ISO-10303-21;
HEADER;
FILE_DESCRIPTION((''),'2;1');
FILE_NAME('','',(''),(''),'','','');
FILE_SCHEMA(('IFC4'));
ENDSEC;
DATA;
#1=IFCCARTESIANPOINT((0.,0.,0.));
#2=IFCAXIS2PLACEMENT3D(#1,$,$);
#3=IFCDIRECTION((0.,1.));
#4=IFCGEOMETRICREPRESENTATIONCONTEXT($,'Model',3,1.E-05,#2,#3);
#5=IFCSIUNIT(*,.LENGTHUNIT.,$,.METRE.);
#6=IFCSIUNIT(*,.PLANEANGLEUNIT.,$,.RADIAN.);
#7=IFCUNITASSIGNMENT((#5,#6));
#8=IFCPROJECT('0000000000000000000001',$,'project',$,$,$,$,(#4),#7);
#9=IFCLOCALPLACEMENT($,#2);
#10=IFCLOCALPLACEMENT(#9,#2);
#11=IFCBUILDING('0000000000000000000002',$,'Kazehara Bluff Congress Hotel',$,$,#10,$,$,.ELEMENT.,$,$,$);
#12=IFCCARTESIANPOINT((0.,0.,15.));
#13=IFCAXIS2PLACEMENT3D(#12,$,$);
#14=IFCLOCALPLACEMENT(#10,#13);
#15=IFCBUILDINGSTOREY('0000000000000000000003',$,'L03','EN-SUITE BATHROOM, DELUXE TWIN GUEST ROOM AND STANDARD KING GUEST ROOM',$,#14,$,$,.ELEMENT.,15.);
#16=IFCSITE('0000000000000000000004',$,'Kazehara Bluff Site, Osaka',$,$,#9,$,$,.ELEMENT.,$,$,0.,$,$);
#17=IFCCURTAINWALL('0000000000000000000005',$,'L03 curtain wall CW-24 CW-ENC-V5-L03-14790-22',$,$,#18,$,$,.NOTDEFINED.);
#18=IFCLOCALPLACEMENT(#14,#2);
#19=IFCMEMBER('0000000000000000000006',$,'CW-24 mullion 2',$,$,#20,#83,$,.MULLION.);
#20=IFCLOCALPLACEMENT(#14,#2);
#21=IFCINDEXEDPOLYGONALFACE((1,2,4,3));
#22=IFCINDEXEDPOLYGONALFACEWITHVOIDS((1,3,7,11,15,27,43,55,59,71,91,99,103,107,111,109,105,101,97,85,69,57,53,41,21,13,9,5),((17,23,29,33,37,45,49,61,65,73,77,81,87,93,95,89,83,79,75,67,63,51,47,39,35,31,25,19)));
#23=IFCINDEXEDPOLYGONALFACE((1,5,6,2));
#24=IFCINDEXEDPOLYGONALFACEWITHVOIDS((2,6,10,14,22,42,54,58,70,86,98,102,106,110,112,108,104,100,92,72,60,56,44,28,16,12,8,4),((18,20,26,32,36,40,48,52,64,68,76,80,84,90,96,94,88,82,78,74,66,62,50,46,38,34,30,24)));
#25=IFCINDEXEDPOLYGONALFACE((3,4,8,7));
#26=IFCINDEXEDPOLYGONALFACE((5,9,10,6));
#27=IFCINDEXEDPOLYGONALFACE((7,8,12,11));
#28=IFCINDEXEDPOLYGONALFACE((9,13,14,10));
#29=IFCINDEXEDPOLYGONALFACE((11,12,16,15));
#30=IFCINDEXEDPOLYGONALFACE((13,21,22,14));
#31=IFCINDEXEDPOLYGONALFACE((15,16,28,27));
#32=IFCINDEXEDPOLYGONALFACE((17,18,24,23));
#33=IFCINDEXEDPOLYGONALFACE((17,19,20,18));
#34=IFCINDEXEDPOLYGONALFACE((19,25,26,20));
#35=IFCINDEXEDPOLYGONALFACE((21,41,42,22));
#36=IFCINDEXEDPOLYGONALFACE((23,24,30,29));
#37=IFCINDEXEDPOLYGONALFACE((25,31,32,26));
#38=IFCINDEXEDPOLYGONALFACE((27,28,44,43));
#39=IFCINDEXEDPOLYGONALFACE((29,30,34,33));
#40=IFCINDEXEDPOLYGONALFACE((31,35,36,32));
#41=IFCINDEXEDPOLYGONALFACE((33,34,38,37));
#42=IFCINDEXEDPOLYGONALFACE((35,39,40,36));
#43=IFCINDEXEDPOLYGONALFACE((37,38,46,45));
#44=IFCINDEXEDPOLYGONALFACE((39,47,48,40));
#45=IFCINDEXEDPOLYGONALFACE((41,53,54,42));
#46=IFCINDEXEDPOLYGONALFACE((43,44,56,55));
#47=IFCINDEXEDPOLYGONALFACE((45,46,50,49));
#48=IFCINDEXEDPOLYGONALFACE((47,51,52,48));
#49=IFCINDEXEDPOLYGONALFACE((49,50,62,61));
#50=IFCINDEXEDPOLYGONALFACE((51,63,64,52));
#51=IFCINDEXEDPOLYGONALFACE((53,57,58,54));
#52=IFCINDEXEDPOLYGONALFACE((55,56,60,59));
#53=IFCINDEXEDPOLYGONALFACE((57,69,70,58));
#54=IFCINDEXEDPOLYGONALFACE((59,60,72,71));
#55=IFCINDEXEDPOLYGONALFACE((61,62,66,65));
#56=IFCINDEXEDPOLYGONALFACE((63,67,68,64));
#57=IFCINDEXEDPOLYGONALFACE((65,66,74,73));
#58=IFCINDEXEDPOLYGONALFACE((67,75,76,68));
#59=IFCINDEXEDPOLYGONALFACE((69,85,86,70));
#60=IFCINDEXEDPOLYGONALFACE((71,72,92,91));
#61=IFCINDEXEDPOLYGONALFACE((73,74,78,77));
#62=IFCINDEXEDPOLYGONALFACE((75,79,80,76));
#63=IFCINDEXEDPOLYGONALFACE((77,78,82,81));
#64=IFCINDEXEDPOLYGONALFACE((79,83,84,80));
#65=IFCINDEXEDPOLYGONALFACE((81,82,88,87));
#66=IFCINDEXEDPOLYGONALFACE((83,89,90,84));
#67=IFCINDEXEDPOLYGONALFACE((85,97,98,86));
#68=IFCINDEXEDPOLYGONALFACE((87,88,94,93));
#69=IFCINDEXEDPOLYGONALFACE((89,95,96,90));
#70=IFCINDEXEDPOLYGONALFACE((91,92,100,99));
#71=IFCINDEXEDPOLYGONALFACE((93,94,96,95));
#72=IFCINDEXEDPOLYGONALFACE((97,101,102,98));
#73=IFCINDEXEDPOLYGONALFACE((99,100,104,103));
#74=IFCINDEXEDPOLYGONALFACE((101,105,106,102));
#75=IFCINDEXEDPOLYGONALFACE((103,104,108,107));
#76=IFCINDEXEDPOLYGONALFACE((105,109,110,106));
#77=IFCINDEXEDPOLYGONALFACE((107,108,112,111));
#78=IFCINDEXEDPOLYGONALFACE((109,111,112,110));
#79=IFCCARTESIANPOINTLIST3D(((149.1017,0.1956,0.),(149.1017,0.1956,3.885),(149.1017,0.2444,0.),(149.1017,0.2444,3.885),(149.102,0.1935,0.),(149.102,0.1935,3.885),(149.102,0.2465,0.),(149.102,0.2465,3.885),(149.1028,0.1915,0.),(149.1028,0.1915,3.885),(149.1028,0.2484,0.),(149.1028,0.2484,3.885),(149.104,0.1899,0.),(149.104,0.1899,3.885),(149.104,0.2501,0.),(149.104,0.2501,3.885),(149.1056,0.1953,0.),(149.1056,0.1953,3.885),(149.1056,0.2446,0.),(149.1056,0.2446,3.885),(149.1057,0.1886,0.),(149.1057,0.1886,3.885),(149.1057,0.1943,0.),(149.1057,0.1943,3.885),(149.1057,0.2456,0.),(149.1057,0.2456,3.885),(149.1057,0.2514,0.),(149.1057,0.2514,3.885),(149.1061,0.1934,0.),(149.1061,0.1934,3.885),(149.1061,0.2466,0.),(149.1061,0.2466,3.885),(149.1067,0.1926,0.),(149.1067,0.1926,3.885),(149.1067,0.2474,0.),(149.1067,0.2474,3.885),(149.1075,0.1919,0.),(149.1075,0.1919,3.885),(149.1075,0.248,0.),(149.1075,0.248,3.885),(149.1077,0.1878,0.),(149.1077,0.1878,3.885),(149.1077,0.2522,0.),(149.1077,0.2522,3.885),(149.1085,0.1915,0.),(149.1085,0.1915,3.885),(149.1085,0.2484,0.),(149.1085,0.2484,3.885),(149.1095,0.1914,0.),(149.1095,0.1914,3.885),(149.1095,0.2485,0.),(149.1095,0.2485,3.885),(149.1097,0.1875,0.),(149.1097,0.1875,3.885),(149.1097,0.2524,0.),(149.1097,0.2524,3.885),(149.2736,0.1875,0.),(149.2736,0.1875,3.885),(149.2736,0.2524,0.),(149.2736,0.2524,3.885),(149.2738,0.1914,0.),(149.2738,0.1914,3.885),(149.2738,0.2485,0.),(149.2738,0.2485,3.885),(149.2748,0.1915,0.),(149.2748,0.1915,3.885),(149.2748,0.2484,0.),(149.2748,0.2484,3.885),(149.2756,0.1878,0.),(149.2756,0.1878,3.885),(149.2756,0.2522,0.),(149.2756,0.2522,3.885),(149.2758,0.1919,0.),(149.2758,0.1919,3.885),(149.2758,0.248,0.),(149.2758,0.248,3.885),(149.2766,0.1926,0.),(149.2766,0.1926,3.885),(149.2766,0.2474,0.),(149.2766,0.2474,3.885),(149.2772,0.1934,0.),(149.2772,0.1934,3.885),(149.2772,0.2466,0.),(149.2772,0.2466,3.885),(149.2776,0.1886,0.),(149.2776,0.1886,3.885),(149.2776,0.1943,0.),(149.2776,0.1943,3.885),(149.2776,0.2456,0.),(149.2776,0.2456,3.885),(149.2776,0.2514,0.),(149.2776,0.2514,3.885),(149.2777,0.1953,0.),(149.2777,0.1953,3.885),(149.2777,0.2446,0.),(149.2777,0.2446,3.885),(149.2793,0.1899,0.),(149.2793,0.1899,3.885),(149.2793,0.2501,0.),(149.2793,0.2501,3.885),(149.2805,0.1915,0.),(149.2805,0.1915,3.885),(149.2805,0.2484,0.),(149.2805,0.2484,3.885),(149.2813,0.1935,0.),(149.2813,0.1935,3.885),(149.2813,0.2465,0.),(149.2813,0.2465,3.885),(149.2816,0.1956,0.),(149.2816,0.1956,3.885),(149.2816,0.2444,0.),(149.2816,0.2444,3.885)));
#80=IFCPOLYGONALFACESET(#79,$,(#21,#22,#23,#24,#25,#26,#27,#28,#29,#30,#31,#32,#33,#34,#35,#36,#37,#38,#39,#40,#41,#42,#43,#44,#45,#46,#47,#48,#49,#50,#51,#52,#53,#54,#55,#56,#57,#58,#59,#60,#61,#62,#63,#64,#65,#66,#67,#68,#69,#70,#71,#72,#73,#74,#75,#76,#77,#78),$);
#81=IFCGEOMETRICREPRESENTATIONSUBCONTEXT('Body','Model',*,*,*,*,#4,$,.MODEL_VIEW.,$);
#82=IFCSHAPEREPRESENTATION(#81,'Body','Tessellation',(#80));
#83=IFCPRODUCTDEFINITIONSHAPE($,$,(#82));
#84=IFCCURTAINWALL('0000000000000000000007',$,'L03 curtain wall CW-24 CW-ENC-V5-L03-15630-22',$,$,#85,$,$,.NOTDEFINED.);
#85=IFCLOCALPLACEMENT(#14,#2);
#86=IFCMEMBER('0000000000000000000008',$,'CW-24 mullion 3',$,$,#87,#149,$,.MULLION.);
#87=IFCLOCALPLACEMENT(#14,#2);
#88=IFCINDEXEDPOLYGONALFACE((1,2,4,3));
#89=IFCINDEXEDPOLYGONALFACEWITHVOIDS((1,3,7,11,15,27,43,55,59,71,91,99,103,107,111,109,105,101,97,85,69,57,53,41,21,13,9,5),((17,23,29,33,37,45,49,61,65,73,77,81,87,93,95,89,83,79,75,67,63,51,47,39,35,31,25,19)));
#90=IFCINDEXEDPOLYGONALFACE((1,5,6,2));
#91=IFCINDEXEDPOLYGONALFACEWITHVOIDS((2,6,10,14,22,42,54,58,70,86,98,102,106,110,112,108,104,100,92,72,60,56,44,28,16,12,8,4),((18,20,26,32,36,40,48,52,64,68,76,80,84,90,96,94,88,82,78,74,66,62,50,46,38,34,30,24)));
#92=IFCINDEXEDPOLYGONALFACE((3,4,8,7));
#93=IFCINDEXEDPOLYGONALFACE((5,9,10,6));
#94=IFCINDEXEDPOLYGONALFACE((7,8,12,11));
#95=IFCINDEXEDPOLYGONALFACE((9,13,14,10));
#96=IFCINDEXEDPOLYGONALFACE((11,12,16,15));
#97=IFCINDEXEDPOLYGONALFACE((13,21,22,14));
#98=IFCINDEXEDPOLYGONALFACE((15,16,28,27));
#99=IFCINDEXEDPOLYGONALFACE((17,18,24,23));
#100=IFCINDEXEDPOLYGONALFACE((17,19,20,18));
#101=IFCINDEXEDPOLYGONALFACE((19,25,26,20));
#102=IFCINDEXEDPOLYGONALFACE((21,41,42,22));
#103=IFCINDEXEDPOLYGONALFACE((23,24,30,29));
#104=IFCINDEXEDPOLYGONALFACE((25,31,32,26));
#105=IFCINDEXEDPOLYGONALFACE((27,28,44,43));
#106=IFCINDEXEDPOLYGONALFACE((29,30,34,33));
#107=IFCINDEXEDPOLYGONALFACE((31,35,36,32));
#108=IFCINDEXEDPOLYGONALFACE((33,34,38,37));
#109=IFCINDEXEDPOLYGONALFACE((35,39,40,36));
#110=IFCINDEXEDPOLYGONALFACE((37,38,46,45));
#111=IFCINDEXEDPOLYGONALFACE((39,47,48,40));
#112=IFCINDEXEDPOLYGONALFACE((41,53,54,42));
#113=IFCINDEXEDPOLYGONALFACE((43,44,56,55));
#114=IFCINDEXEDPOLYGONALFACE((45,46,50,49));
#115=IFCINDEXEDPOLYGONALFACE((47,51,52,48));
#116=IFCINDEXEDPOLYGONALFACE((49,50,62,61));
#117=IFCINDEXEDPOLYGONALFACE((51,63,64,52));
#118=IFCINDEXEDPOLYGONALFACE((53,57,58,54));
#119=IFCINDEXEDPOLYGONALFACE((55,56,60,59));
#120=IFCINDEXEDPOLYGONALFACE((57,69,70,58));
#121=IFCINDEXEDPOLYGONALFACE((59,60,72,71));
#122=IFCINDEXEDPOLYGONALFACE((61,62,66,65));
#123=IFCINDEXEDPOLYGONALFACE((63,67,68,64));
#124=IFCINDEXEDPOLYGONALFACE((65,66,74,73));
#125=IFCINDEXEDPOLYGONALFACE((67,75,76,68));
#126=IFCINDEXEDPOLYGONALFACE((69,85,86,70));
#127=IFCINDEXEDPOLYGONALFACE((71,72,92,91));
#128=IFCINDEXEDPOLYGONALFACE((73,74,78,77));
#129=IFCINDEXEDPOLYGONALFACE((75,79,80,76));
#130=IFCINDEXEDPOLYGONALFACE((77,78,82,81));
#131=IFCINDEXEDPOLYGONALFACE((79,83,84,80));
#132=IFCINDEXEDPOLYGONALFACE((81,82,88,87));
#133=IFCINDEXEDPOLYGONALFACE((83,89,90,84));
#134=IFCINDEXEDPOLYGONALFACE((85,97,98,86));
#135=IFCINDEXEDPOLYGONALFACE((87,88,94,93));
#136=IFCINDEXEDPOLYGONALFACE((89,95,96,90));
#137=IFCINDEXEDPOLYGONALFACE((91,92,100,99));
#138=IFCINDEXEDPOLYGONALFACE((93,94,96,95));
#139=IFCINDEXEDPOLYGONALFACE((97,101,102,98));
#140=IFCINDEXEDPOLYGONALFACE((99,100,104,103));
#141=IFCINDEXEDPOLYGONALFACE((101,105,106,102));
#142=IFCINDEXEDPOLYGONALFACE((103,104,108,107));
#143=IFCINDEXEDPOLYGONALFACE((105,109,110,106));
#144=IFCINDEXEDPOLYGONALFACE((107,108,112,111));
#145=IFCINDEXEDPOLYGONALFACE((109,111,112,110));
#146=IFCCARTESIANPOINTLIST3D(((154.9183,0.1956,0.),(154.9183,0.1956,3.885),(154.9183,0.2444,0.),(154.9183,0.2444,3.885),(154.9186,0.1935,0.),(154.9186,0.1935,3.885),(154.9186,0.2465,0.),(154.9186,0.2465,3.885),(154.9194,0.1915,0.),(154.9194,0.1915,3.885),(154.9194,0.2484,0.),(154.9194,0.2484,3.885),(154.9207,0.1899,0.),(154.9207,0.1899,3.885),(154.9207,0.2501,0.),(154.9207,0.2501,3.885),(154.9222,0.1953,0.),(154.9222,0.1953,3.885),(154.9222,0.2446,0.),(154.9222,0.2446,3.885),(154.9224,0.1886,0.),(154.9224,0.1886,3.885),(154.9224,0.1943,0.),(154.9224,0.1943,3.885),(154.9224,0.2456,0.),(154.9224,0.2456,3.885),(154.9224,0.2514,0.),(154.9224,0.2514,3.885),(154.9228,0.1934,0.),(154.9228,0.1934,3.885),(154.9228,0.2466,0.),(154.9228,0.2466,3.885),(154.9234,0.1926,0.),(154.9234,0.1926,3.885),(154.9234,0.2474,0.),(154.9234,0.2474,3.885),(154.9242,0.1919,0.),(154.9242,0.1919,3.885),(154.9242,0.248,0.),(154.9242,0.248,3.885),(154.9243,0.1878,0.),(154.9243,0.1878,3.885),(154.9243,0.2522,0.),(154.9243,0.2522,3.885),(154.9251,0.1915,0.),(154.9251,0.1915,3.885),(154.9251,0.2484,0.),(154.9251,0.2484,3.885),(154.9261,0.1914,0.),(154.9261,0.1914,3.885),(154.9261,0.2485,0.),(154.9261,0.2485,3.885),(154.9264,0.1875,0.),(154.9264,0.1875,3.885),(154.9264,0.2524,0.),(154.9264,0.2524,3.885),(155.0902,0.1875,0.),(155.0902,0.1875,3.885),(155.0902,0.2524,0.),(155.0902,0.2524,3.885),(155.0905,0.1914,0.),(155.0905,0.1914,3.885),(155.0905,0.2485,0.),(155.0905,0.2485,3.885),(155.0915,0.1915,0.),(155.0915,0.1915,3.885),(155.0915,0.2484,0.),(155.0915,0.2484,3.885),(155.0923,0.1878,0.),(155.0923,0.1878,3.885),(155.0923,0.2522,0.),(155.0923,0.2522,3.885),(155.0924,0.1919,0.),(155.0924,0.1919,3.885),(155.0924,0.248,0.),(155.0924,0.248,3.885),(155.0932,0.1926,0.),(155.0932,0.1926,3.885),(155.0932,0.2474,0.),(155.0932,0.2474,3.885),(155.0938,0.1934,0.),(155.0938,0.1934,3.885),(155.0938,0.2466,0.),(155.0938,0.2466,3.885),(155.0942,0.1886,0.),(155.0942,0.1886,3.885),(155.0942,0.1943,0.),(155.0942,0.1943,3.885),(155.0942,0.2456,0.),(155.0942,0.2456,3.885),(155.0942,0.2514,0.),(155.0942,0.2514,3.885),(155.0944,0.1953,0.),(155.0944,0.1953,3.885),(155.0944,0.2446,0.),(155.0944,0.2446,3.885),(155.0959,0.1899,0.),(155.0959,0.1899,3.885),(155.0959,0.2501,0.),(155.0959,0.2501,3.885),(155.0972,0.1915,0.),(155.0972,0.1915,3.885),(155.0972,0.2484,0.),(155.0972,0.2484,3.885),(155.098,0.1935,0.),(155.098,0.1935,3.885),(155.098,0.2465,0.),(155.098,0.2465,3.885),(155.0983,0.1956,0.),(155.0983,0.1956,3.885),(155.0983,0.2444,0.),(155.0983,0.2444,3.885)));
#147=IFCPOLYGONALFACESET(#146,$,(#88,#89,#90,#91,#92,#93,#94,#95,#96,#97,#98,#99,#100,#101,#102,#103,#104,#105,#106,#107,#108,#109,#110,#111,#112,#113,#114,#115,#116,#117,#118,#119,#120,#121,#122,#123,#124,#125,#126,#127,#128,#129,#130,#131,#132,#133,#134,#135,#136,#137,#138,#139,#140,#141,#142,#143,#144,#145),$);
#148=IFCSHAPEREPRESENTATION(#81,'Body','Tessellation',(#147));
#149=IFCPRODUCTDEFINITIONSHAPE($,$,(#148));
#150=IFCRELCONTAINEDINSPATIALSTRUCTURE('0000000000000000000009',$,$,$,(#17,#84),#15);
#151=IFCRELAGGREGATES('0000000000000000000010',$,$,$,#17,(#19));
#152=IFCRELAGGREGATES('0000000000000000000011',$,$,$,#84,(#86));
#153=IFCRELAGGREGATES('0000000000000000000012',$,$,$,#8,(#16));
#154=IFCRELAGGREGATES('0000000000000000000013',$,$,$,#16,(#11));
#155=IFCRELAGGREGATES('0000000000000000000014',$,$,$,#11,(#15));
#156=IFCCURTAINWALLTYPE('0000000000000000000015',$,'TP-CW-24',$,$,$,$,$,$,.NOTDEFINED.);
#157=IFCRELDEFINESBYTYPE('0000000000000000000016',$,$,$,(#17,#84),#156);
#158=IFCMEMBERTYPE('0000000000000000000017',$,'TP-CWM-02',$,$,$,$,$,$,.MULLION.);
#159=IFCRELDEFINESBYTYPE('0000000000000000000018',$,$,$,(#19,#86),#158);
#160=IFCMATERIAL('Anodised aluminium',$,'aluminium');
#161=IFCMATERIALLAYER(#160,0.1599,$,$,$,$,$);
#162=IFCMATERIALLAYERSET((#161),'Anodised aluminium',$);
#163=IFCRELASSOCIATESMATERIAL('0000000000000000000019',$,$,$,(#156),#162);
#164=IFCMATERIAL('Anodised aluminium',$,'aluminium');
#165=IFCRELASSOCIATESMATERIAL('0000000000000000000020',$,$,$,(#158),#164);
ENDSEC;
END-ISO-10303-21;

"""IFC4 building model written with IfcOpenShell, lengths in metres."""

from ifc_helpers import new_model, si_unit, direction, frame, origin, origin_2d, place, context, subcontext, project, spatial, hollow_rectangle, extrude, material, layer, layer_set, material_profile, profile_set, type_object, element, aggregate, save


model = new_model("IFC4")

# Units and contexts
model_context = context("Model", 3, precision=1e-05, world=origin(), true_north=direction((0.0, 1.0)))
body_context = subcontext(model_context, "Body", "Model", "MODEL_VIEW")
ifc_project = project(units=[si_unit("LENGTHUNIT", "METRE"), si_unit("PLANEANGLEUNIT", "RADIAN")], contexts=[model_context])

# Site, building, storey
site_placement = place(None, origin())
site = spatial("IfcSite", under=ifc_project, at=site_placement, Name="Kazehara Bluff Site, Osaka", CompositionType="ELEMENT", RefElevation=0.0)
building_placement = place(site_placement, origin())
building = spatial("IfcBuilding", under=site, at=building_placement, Name="Kazehara Bluff Congress Hotel", CompositionType="ELEMENT")
storey_placement = place(building_placement, frame((0.0, 0.0, 15.0)))
storey = spatial("IfcBuildingStorey", under=building, at=storey_placement, Name="L03", Description="EN-SUITE BATHROOM, DELUXE TWIN GUEST ROOM AND STANDARD KING GUEST ROOM", CompositionType="ELEMENT", Elevation=15.0)

# Curtain walls, members
ifc_material_1 = material(Name="Anodised aluminium", Category="aluminium")
ifc_layer_1 = layer(ifc_material_1, 0.1599)
ifc_layer_set_1 = layer_set([ifc_layer_1], Name="Anodised aluminium")
curtain_wall_type = type_object("IfcCurtainWallType", Name="TP-CW-24", PredefinedType="NOTDEFINED", material=ifc_layer_set_1)
curtain_wall_1_placement = place(storey_placement, origin())
curtain_wall_1 = element("IfcCurtainWall", 1, at=curtain_wall_1_placement, inside=storey, type_object=curtain_wall_type, Name="L03 curtain wall CW-24 CW-ENC-V5-L03-14790-22", PredefinedType="NOTDEFINED")
ifc_material_2 = material(Name="Anodised aluminium", Category="aluminium")
ifc_material_profile_1 = material_profile(ifc_material_2, hollow_rectangle(XDim=0.0649, YDim=0.1799, WallThickness=0.0039, InnerFilletRadius=0.0039, OuterFilletRadius=0.0081, at=origin_2d()))
ifc_profile_set_1 = profile_set([ifc_material_profile_1], Name="Anodised aluminium")
member_type_1 = type_object("IfcMemberType", Name="TP-CWM-02", PredefinedType="MULLION", material=ifc_profile_set_1)
member_1_placement = place(storey_placement, frame((149.1917, 0.22, 0.0), z_axis=(0.0, 0.0, 1.0), x_axis=(0.0, -1.0, 0.0)))
member_1 = element("IfcMember", 2, at=member_1_placement, type_object=member_type_1, Name="CW-24 mullion 2", PredefinedType="MULLION", context=body_context, shape_type="SweptSolid", body=[
    extrude(hollow_rectangle(XDim=0.0649, YDim=0.1799, WallThickness=0.0039, InnerFilletRadius=0.0039, OuterFilletRadius=0.0081, at=origin_2d()), origin(), (0.0, 0.0, 1.0), 3.885),
])
curtain_wall_2_placement = place(storey_placement, origin())
curtain_wall_2 = element("IfcCurtainWall", 3, at=curtain_wall_2_placement, inside=storey, type_object=curtain_wall_type, Name="L03 curtain wall CW-24 CW-ENC-V5-L03-15630-22", PredefinedType="NOTDEFINED")
member_2_placement = place(storey_placement, frame((155.0083, 0.22, 0.0), z_axis=(0.0, 0.0, 1.0), x_axis=(0.0, -1.0, 0.0)))
member_2 = element("IfcMember", 4, at=member_2_placement, type_object=member_type_1, Name="CW-24 mullion 3", PredefinedType="MULLION", context=body_context, shape_type="SweptSolid", body=[
    extrude(hollow_rectangle(XDim=0.0649, YDim=0.1799, WallThickness=0.0039, InnerFilletRadius=0.0039, OuterFilletRadius=0.0081, at=origin_2d()), origin(), (0.0, 0.0, 1.0), 3.885),
])

aggregate(curtain_wall_1, [member_1])
aggregate(curtain_wall_2, [member_2])

save(model, "model.ifc")
